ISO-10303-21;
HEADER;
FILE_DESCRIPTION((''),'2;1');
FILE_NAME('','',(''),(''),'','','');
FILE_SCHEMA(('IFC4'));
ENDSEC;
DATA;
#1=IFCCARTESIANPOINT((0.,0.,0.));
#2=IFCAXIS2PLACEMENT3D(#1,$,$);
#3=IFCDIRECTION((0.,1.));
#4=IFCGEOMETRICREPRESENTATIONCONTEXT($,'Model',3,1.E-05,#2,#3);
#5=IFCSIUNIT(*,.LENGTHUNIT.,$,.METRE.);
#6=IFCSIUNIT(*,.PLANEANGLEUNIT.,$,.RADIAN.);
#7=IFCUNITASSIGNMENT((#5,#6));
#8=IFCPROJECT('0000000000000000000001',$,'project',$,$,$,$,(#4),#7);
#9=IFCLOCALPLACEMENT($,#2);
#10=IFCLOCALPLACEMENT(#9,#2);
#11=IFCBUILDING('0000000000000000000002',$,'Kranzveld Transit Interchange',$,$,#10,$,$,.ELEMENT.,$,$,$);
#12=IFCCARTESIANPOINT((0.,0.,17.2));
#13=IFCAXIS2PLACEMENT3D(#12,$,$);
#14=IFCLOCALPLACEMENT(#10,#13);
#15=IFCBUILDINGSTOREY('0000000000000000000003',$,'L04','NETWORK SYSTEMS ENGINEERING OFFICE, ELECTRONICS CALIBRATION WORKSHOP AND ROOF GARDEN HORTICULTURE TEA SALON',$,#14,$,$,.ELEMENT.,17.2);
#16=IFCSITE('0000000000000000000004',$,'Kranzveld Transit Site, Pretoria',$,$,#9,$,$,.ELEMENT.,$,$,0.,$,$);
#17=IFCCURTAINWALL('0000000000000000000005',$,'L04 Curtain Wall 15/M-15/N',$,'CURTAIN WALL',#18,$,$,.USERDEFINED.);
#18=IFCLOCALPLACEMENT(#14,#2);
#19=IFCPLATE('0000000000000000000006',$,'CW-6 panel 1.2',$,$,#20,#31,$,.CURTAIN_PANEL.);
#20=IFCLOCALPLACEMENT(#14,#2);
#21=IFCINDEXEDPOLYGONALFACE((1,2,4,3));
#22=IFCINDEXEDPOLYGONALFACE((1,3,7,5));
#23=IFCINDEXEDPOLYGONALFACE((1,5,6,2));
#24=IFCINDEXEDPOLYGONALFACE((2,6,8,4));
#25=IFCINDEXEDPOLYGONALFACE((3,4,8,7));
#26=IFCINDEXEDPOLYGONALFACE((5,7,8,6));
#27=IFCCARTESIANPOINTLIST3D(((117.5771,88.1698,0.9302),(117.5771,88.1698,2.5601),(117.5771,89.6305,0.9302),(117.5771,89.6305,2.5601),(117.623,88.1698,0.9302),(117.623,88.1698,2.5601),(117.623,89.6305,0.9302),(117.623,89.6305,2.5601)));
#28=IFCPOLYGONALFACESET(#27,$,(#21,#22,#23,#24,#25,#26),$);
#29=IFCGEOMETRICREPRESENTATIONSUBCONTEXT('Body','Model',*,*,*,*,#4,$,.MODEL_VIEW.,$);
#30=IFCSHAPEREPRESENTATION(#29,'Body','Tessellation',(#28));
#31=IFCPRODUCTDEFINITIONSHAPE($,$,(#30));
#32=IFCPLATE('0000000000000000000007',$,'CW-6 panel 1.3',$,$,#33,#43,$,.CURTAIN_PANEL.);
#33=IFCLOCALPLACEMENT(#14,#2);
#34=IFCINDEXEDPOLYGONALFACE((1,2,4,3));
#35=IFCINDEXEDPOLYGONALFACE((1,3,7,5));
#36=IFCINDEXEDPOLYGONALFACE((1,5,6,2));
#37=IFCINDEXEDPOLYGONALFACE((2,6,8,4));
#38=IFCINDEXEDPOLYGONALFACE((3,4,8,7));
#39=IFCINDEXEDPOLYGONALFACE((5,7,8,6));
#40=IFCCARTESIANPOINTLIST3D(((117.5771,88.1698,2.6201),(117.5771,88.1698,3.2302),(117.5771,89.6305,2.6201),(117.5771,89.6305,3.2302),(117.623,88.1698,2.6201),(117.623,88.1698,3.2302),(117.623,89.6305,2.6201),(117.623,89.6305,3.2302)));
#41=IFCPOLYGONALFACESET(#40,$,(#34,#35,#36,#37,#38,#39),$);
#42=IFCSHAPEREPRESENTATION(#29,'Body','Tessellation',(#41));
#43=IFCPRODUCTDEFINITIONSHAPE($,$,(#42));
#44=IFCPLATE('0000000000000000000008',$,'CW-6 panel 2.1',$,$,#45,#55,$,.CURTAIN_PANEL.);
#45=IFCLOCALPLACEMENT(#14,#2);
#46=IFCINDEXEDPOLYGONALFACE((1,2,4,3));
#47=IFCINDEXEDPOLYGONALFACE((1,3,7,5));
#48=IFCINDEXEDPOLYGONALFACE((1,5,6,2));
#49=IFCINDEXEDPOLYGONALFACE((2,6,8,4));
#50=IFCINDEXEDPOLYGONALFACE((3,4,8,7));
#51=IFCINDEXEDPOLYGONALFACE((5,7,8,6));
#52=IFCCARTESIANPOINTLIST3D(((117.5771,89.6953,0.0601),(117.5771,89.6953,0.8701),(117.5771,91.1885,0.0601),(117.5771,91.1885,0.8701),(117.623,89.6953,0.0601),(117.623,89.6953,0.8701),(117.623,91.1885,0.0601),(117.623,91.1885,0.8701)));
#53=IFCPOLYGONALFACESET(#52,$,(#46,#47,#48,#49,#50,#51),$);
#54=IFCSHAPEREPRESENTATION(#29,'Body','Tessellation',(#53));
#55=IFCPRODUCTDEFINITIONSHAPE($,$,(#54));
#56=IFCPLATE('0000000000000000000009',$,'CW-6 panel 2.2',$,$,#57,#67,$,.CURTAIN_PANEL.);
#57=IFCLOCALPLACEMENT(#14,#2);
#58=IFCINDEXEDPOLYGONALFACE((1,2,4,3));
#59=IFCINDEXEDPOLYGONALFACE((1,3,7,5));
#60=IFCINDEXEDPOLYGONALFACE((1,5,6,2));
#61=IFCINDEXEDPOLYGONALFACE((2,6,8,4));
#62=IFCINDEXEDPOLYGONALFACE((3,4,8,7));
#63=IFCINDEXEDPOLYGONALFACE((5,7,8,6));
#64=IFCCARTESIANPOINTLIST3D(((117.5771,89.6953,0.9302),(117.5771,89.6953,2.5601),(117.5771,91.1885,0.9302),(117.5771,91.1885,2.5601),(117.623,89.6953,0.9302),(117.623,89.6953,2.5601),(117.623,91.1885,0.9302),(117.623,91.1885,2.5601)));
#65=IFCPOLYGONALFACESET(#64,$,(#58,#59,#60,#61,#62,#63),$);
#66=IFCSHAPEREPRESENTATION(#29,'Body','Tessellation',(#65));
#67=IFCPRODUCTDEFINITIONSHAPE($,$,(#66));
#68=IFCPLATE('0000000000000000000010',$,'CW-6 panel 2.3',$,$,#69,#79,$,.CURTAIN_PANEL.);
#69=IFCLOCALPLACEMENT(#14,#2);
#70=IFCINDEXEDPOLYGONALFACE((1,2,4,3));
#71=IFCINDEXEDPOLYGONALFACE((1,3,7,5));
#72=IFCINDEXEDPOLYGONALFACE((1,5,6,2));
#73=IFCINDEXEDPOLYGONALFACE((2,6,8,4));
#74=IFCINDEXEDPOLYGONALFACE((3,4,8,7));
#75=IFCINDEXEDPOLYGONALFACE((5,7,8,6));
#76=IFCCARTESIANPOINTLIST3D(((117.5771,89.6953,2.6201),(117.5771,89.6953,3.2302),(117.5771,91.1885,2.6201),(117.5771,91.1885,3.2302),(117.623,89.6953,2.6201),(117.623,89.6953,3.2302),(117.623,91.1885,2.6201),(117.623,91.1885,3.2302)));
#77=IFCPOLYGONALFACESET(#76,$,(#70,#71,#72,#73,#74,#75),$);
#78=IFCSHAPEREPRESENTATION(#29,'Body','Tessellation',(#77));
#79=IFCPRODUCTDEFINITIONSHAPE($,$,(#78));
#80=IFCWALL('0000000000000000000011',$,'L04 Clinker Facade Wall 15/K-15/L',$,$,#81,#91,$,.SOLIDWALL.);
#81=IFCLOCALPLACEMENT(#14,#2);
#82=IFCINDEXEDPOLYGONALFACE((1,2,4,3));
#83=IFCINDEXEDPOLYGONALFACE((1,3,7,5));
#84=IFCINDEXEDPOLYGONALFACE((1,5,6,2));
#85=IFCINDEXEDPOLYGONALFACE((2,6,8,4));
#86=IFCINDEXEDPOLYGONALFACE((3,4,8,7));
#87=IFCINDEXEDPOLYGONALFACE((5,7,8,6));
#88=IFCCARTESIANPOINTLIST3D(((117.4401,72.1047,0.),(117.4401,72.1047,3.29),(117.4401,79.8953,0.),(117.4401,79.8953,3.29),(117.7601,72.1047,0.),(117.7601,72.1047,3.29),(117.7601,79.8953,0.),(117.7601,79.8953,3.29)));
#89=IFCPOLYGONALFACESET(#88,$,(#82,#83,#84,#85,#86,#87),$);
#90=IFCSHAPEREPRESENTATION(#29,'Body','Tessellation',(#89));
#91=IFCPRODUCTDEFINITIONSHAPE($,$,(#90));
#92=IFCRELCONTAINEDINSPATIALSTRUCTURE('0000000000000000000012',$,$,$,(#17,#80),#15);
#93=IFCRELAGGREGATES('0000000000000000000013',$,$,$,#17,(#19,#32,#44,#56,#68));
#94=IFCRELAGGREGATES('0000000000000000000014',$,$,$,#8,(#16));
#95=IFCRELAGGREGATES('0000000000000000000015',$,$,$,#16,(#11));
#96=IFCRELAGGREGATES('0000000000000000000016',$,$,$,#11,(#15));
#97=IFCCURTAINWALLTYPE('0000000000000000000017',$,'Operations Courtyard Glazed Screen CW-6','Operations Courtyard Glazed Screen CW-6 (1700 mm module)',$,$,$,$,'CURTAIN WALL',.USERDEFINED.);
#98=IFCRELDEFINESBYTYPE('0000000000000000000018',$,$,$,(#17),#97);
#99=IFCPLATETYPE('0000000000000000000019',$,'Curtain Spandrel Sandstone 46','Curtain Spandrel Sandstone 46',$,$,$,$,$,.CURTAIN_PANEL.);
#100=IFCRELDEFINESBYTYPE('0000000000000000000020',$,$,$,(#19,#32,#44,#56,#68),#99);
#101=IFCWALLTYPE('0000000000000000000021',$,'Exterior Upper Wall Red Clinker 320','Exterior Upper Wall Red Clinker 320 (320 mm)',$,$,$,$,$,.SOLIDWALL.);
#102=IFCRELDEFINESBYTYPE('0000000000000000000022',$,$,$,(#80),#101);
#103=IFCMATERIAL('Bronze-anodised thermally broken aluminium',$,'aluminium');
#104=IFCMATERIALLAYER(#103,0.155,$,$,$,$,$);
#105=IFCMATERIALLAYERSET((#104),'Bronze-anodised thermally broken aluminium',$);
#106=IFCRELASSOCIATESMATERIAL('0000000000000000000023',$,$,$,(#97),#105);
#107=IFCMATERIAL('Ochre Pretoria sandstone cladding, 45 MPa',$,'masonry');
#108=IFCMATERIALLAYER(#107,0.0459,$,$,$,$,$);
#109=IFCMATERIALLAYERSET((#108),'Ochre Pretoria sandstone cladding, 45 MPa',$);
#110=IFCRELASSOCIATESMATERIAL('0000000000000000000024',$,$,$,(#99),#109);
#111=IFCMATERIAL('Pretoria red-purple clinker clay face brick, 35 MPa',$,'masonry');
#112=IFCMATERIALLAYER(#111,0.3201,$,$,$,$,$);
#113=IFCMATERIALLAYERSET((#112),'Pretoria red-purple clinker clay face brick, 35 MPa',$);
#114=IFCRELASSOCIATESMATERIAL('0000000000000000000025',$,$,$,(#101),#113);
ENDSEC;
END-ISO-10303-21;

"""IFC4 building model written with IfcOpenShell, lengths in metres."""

from ifc_helpers import new_model, si_unit, direction, frame, frame_2d, origin, origin_2d, place, context, subcontext, project, spatial, rectangle, extrude, material, layer, layer_set, type_object, element, aggregate, save


model = new_model("IFC4")

# Units and contexts
model_context = context("Model", 3, precision=1e-05, world=origin(), true_north=direction((0.0, 1.0)))
body_context = subcontext(model_context, "Body", "Model", "MODEL_VIEW")
ifc_project = project(units=[si_unit("LENGTHUNIT", "METRE"), si_unit("PLANEANGLEUNIT", "RADIAN")], contexts=[model_context])

# Site, building, storey
site_placement = place(None, origin())
site = spatial("IfcSite", under=ifc_project, at=site_placement, Name="Kranzveld Transit Site, Pretoria", CompositionType="ELEMENT", RefElevation=0.0)
building_placement = place(site_placement, origin())
building = spatial("IfcBuilding", under=site, at=building_placement, Name="Kranzveld Transit Interchange", CompositionType="ELEMENT")
storey_placement = place(building_placement, frame((0.0, 0.0, 17.2)))
storey = spatial("IfcBuildingStorey", under=building, at=storey_placement, Name="L04", Description="NETWORK SYSTEMS ENGINEERING OFFICE, ELECTRONICS CALIBRATION WORKSHOP AND ROOF GARDEN HORTICULTURE TEA SALON", CompositionType="ELEMENT", Elevation=17.2)

# Curtain wall
ifc_material_1 = material(Name="Bronze-anodised thermally broken aluminium", Category="aluminium")
ifc_layer_1 = layer(ifc_material_1, 0.155)
ifc_layer_set_1 = layer_set([ifc_layer_1], Name="Bronze-anodised thermally broken aluminium")
curtain_wall_type = type_object("IfcCurtainWallType", Name="Operations Courtyard Glazed Screen CW-6", Description="Operations Courtyard Glazed Screen CW-6 (1700 mm module)", ElementType="CURTAIN WALL", PredefinedType="USERDEFINED", material=ifc_layer_set_1)
curtain_wall_placement = place(storey_placement, origin())
curtain_wall = element("IfcCurtainWall", 1, at=curtain_wall_placement, inside=storey, type_object=curtain_wall_type, Name="L04 Curtain Wall 15/M-15/N", ObjectType="CURTAIN WALL", PredefinedType="USERDEFINED")

# Plates
ifc_material_2 = material(Name="Ochre Pretoria sandstone cladding, 45 MPa", Category="masonry")
ifc_layer_2 = layer(ifc_material_2, 0.0459)
ifc_layer_set_2 = layer_set([ifc_layer_2], Name="Ochre Pretoria sandstone cladding, 45 MPa")
plate_type = type_object("IfcPlateType", Name="Curtain Spandrel Sandstone 46", Description="Curtain Spandrel Sandstone 46", PredefinedType="CURTAIN_PANEL", material=ifc_layer_set_2)
plate_1_placement = place(storey_placement, frame((117.6001, 88.9001, 0.9302), z_axis=(0.0, 0.0, 1.0), x_axis=(0.0, 1.0, 0.0)))
plate_1 = element("IfcPlate", 2, at=plate_1_placement, type_object=plate_type, Name="CW-6 panel 1.2", PredefinedType="CURTAIN_PANEL", context=body_context, shape_type="SweptSolid", body=[
    extrude(rectangle(XDim=1.4607, YDim=0.0459, at=origin_2d()), origin(), (0.0, 0.0, 1.0), 1.6299),
])
plate_2_placement = place(storey_placement, frame((117.6001, 88.9001, 2.6201), z_axis=(0.0, 0.0, 1.0), x_axis=(0.0, 1.0, 0.0)))
plate_2 = element("IfcPlate", 3, at=plate_2_placement, type_object=plate_type, Name="CW-6 panel 1.3", PredefinedType="CURTAIN_PANEL", context=body_context, shape_type="SweptSolid", body=[
    extrude(rectangle(XDim=1.4607, YDim=0.0459, at=origin_2d()), origin(), (0.0, 0.0, 1.0), 0.6101),
])
plate_3_placement = place(storey_placement, frame((117.6001, 90.4419, 0.0601), z_axis=(0.0, 0.0, 1.0), x_axis=(0.0, 1.0, 0.0)))
plate_3 = element("IfcPlate", 4, at=plate_3_placement, type_object=plate_type, Name="CW-6 panel 2.1", PredefinedType="CURTAIN_PANEL", context=body_context, shape_type="SweptSolid", body=[
    extrude(rectangle(XDim=1.4932, YDim=0.0459, at=origin_2d()), origin(), (0.0, 0.0, 1.0), 0.8101),
])
plate_4_placement = place(storey_placement, frame((117.6001, 90.4419, 0.9302), z_axis=(0.0, 0.0, 1.0), x_axis=(0.0, 1.0, 0.0)))
plate_4 = element("IfcPlate", 5, at=plate_4_placement, type_object=plate_type, Name="CW-6 panel 2.2", PredefinedType="CURTAIN_PANEL", context=body_context, shape_type="SweptSolid", body=[
    extrude(rectangle(XDim=1.4932, YDim=0.0459, at=origin_2d()), origin(), (0.0, 0.0, 1.0), 1.6299),
])
plate_5_placement = place(storey_placement, frame((117.6001, 90.4419, 2.6201), z_axis=(0.0, 0.0, 1.0), x_axis=(0.0, 1.0, 0.0)))
plate_5 = element("IfcPlate", 6, at=plate_5_placement, type_object=plate_type, Name="CW-6 panel 2.3", PredefinedType="CURTAIN_PANEL", context=body_context, shape_type="SweptSolid", body=[
    extrude(rectangle(XDim=1.4932, YDim=0.0459, at=origin_2d()), origin(), (0.0, 0.0, 1.0), 0.6101),
])
aggregate(curtain_wall, [plate_1, plate_2, plate_3, plate_4, plate_5])

# Wall
ifc_material_3 = material(Name="Pretoria red-purple clinker clay face brick, 35 MPa", Category="masonry")
ifc_layer_3 = layer(ifc_material_3, 0.3201)
ifc_layer_set_3 = layer_set([ifc_layer_3], Name="Pretoria red-purple clinker clay face brick, 35 MPa")
wall_type = type_object("IfcWallType", Name="Exterior Upper Wall Red Clinker 320", Description="Exterior Upper Wall Red Clinker 320 (320 mm)", PredefinedType="SOLIDWALL", material=ifc_layer_set_3)
wall_1_placement = place(storey_placement, frame((117.6001, 72.1047, 0.0), z_axis=(0.0, 0.0, 1.0), x_axis=(0.0, 1.0, 0.0)))
element("IfcWall", 7, at=wall_1_placement, inside=storey, type_object=wall_type, Name="L04 Clinker Facade Wall 15/K-15/L", PredefinedType="SOLIDWALL", context=body_context, shape_type="SweptSolid", body=[
    extrude(rectangle(XDim=7.7905, YDim=0.3201, at=frame_2d((3.8953, 0.0))), origin(), (0.0, 0.0, 1.0), 3.29),
])

save(model, "model.ifc")
